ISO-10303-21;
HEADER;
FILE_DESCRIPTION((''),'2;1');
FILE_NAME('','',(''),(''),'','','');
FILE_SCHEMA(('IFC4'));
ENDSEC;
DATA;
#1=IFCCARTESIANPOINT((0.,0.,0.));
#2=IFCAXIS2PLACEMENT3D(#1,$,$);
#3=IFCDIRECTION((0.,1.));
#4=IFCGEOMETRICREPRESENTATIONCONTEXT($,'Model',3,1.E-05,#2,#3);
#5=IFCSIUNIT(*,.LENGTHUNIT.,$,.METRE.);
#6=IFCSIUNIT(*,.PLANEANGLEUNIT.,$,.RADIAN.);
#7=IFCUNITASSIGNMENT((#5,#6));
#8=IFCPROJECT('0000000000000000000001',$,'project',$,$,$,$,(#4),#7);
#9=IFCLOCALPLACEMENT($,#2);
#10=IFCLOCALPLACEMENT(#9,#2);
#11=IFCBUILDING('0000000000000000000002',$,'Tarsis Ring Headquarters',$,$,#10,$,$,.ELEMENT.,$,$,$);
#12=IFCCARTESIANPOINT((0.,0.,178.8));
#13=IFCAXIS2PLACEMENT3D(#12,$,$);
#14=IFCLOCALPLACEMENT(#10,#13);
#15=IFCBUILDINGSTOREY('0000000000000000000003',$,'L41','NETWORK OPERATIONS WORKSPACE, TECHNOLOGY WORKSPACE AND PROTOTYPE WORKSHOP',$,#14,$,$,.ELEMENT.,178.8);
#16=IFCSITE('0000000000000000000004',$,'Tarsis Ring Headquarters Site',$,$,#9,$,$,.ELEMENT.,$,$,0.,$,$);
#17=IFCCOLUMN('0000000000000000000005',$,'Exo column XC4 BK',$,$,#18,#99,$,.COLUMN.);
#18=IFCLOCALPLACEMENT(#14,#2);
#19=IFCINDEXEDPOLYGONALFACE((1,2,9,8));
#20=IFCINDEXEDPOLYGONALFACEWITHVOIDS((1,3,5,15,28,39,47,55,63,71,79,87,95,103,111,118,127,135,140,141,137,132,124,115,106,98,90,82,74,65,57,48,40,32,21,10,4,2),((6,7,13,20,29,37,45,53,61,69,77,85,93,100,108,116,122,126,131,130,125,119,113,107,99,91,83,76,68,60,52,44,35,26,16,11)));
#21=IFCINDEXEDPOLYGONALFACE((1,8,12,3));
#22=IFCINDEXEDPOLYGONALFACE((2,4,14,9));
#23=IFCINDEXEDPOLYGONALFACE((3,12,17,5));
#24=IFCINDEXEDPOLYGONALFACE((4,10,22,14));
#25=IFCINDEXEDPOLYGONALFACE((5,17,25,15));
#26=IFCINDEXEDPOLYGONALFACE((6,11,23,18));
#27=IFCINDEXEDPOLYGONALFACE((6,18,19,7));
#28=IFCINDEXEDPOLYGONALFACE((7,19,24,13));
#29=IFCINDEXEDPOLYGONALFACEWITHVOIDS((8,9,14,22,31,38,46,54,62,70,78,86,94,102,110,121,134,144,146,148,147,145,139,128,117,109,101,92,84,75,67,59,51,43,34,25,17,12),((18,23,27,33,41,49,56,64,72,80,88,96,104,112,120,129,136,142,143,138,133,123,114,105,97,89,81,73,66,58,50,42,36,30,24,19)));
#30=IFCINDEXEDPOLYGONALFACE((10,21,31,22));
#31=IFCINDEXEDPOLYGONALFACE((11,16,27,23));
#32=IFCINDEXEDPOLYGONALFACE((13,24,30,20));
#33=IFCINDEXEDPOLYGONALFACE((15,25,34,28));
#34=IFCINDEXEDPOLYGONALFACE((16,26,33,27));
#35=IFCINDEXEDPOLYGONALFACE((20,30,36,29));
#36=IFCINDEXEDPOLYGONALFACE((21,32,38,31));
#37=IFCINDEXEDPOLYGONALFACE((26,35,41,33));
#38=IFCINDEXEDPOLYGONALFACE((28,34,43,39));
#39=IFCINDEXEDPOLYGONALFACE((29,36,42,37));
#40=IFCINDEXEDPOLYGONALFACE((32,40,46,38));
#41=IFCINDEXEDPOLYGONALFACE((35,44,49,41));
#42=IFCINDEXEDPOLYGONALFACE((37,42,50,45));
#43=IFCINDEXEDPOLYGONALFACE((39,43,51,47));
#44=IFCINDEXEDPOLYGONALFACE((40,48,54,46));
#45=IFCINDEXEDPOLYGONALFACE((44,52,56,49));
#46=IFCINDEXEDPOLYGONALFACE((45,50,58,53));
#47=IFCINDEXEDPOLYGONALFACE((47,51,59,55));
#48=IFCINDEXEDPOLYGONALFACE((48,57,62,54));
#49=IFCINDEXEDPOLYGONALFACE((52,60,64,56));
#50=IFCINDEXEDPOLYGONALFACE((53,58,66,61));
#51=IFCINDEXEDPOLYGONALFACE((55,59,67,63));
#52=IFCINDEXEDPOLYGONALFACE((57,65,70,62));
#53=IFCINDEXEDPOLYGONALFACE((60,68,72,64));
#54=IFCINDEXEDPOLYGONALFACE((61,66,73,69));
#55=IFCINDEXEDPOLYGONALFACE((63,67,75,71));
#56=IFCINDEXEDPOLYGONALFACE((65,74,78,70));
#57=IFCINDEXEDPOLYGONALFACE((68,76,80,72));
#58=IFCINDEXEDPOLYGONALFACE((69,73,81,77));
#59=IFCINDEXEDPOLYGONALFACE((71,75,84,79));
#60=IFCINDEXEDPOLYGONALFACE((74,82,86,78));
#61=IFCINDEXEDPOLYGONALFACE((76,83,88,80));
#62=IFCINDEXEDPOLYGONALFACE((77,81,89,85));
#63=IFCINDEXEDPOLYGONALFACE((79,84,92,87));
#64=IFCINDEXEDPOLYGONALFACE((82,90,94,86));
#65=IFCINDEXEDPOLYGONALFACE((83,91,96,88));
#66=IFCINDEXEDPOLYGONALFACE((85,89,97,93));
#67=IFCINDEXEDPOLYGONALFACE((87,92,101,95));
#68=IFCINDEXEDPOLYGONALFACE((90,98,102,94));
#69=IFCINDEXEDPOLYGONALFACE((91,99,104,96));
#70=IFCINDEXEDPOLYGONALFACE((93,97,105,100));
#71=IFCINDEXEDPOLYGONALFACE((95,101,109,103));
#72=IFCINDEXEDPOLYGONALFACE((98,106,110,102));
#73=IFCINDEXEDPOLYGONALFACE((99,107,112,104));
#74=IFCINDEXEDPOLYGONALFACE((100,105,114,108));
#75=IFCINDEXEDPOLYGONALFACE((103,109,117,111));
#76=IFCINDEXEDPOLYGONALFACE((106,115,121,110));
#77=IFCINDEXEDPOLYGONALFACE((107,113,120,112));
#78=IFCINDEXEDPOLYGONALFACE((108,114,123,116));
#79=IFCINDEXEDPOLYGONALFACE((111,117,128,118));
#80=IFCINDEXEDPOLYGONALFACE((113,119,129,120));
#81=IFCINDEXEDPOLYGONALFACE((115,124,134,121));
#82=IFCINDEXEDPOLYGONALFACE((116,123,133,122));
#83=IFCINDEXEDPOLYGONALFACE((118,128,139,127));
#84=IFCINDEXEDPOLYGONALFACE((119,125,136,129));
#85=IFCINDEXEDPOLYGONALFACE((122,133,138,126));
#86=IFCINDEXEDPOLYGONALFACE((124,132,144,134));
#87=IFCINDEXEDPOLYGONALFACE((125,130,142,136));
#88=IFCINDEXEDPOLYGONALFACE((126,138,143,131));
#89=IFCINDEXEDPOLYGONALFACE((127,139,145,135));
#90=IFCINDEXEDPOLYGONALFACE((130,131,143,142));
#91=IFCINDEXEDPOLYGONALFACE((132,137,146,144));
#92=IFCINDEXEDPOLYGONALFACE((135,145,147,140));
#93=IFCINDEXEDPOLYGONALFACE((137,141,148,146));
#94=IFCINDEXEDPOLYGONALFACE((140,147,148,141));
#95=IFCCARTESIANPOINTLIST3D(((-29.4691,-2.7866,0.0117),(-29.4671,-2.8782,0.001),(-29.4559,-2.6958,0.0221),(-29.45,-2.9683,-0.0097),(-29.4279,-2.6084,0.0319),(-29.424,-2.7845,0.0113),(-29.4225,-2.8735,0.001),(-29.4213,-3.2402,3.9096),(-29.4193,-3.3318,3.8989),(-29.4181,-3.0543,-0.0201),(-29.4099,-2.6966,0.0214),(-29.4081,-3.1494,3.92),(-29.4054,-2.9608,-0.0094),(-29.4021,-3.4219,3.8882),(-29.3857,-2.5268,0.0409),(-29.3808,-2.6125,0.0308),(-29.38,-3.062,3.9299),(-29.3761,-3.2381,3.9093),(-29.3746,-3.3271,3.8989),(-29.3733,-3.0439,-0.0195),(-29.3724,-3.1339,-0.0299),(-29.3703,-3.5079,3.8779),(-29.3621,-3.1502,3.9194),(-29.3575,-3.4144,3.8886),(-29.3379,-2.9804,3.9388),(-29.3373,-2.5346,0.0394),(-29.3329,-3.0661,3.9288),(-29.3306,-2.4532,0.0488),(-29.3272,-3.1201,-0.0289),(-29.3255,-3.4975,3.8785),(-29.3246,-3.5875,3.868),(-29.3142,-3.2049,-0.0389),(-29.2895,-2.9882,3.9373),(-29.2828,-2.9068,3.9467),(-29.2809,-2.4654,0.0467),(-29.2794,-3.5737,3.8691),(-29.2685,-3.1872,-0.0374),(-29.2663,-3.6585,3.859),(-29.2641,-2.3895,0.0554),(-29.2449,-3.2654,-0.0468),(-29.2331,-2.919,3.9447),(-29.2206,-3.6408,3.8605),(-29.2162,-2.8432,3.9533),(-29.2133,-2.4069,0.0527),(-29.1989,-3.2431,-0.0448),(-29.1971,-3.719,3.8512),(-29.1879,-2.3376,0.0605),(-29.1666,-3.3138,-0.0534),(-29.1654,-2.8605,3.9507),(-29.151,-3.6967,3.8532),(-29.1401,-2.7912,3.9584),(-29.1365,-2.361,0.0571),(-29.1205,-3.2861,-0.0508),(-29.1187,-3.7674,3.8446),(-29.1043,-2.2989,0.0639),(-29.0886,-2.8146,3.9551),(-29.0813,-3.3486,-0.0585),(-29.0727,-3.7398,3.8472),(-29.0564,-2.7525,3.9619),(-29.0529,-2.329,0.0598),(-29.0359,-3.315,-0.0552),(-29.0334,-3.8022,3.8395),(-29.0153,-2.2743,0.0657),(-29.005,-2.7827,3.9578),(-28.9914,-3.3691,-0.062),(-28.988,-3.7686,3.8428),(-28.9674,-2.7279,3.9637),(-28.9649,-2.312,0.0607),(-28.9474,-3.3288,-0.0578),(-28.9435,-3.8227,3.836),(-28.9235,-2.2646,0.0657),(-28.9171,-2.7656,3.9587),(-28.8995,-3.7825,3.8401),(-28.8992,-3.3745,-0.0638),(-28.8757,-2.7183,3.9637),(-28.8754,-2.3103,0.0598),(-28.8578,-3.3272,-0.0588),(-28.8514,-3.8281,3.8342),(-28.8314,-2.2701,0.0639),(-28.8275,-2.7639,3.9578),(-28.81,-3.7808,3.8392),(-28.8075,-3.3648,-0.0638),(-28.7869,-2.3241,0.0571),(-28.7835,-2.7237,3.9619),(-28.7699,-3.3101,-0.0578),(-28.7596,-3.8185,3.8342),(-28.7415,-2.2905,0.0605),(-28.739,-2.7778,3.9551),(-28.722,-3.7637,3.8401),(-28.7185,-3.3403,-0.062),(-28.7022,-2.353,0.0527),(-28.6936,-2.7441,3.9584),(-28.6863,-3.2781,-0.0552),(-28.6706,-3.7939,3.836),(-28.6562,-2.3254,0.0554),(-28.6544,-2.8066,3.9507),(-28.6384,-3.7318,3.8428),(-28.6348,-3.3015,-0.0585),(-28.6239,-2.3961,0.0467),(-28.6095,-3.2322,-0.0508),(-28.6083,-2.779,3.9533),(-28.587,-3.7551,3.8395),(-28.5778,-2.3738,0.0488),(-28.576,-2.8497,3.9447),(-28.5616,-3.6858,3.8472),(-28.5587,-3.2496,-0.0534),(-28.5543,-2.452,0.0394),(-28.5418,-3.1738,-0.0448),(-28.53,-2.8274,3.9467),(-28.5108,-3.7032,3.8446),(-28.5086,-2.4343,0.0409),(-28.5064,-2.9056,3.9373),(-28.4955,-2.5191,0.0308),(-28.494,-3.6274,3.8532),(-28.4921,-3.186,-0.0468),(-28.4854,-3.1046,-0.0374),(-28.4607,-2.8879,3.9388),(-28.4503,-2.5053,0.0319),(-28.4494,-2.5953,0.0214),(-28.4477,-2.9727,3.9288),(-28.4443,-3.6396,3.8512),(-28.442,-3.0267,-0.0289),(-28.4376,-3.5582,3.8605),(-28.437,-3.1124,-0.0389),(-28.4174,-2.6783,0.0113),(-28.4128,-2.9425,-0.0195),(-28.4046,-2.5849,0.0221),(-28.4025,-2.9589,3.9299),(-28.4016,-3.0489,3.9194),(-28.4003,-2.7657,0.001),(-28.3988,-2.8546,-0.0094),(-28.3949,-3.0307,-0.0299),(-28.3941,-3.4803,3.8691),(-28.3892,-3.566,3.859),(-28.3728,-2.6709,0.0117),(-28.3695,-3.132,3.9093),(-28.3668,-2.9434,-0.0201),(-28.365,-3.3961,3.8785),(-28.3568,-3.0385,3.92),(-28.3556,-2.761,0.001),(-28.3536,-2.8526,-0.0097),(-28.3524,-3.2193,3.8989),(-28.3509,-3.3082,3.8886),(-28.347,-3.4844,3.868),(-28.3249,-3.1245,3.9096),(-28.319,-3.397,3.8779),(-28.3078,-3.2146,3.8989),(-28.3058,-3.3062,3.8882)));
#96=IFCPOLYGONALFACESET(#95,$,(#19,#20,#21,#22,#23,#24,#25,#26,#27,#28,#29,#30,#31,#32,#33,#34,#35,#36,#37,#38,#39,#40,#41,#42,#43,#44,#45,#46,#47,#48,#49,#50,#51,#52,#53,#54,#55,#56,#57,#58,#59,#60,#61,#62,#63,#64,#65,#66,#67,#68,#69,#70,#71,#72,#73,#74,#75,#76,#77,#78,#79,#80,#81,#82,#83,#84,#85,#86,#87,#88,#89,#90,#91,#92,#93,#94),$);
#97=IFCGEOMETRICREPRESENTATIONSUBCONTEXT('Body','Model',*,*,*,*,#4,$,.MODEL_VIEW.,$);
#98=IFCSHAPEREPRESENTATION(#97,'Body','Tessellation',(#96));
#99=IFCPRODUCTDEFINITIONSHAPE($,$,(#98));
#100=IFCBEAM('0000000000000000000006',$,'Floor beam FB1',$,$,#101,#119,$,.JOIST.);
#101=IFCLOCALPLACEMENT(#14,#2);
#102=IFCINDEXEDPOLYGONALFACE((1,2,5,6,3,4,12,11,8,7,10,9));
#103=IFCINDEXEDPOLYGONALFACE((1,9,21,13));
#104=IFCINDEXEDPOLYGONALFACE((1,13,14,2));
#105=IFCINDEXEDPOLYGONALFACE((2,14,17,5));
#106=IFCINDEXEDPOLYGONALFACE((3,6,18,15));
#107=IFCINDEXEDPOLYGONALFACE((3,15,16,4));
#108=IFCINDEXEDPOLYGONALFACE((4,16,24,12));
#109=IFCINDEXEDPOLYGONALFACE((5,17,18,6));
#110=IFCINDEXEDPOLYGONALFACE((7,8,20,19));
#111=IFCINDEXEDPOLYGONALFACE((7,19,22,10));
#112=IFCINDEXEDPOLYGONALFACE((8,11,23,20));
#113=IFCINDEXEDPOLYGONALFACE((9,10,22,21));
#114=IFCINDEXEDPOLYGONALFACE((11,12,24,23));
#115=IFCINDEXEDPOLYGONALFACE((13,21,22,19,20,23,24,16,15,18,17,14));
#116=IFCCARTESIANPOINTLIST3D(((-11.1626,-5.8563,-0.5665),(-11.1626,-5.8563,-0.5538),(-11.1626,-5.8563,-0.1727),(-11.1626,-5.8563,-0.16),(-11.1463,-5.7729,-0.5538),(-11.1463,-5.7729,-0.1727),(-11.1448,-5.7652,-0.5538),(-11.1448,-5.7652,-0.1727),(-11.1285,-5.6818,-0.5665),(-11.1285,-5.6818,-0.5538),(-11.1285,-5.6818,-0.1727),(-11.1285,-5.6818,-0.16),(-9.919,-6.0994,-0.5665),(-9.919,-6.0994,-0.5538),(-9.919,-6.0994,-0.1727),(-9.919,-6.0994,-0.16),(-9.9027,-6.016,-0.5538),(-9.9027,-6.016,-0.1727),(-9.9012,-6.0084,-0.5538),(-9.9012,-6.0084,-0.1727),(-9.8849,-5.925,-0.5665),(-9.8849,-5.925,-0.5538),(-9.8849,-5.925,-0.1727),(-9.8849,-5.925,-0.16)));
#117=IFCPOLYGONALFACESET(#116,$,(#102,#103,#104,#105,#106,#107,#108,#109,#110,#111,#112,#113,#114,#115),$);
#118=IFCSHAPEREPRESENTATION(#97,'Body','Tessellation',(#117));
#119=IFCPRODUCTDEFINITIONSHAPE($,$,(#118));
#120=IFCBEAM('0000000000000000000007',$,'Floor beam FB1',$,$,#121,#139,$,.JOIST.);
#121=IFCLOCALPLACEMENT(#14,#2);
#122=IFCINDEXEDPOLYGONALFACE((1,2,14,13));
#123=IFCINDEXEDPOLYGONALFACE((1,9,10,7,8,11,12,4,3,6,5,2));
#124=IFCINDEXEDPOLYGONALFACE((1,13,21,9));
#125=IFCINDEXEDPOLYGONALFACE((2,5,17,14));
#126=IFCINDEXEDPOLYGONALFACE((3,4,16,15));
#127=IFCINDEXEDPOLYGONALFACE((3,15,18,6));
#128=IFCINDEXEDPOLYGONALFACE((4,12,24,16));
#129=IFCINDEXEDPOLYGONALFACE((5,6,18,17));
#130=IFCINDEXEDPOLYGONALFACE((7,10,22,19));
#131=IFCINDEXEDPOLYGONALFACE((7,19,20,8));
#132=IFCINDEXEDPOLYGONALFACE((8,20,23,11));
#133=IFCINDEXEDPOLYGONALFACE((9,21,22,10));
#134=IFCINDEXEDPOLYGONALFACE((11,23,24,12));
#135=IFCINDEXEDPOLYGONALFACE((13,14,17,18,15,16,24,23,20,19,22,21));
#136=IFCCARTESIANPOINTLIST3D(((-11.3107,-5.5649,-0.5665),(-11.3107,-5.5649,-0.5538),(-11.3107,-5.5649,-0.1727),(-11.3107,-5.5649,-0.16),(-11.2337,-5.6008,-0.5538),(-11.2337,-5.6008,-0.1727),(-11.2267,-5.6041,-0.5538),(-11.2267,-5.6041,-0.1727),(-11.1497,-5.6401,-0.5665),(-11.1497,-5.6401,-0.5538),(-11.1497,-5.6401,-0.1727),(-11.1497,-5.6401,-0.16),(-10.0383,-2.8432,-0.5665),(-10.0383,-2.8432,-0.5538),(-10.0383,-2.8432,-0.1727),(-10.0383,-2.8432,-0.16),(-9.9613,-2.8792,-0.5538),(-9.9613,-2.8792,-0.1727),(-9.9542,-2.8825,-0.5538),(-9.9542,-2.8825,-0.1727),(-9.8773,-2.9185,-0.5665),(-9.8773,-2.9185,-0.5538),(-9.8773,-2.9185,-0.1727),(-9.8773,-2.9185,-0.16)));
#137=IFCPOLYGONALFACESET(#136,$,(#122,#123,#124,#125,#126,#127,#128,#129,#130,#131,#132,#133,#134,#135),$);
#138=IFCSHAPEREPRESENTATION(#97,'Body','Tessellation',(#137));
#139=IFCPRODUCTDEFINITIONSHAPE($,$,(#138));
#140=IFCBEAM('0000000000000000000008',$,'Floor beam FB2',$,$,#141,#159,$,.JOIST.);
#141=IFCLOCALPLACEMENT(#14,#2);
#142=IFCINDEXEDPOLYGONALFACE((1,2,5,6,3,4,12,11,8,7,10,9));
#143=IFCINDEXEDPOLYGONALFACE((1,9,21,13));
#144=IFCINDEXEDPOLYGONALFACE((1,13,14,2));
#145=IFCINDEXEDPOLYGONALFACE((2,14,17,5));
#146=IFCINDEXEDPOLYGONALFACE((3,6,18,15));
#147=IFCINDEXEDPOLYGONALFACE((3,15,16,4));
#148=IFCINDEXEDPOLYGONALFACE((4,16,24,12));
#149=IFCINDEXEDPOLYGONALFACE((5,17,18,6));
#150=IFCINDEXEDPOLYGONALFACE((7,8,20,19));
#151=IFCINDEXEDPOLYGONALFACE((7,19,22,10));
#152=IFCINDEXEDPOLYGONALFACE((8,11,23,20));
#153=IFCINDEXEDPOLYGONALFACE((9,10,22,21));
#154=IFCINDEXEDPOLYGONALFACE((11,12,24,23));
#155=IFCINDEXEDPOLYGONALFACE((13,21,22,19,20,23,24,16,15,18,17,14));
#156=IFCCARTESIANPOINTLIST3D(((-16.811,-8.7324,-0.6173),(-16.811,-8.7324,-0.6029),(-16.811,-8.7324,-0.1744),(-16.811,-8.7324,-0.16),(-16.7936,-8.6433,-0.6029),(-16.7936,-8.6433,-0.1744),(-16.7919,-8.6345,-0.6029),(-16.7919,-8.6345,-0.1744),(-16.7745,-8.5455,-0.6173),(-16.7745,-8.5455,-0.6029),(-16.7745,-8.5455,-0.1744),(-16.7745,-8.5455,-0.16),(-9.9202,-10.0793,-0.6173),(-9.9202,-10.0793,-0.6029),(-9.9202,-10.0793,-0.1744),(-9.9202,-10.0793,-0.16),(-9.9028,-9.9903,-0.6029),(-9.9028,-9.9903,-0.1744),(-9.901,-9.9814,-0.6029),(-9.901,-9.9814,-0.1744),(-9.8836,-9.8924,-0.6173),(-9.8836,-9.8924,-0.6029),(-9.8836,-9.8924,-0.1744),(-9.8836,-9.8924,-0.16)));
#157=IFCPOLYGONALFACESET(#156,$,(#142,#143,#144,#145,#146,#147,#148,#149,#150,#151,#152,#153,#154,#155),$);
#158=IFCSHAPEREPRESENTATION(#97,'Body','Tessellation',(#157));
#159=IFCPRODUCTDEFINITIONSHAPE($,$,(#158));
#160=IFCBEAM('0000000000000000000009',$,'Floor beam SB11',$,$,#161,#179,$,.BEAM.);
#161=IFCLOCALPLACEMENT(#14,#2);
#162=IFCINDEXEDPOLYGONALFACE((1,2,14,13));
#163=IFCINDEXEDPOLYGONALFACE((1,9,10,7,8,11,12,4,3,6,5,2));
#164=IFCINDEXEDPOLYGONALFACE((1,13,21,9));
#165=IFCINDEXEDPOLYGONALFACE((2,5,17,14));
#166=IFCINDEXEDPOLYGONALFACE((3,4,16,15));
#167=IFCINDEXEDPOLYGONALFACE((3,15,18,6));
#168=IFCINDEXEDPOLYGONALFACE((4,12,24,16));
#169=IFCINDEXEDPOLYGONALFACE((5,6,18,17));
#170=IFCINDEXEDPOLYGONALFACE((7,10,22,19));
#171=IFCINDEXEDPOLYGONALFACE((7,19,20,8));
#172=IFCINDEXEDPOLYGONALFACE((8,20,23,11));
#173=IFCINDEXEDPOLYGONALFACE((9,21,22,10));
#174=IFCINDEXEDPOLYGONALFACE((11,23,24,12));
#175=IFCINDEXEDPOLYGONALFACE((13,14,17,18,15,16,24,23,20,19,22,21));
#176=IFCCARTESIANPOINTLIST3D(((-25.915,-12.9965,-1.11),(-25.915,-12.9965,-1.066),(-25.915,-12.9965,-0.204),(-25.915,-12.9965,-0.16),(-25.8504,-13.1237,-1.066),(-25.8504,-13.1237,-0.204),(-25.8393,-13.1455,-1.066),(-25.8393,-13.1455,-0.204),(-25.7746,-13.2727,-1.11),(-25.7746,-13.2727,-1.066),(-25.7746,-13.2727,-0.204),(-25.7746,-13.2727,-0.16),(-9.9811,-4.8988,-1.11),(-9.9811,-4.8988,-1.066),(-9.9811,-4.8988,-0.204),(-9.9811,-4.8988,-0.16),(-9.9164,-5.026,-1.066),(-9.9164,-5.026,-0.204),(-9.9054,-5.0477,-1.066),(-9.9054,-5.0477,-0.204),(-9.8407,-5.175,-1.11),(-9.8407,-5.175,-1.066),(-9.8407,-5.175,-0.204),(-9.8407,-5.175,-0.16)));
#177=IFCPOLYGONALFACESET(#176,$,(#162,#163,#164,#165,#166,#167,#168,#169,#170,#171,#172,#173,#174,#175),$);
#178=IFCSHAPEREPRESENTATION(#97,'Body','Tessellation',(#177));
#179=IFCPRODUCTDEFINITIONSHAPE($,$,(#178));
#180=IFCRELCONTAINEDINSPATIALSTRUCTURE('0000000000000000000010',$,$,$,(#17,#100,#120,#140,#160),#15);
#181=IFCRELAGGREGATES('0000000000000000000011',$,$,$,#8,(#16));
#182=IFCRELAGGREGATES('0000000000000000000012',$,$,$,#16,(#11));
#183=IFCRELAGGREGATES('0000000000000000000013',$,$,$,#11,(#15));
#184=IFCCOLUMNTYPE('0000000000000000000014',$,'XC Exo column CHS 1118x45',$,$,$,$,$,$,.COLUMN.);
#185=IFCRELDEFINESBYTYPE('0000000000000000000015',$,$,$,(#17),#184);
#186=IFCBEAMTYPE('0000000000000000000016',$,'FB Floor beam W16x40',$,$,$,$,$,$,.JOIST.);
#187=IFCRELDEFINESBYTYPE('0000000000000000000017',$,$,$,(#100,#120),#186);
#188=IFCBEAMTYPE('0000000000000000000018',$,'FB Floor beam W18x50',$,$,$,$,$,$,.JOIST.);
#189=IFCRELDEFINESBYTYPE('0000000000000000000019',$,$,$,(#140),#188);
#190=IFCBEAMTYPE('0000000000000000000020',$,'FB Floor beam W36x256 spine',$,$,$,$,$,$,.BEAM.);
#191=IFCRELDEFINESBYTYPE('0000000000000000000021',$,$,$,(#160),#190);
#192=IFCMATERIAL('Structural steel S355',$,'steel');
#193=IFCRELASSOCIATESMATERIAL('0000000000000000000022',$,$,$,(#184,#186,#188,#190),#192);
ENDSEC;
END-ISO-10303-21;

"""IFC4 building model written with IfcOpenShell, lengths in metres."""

from ifc_helpers import new_model, si_unit, direction, frame, origin, origin_2d, place, context, subcontext, project, spatial, hollow_circle, i_section, extrude, material, material_profile, profile_set, type_object, element, save


model = new_model("IFC4")

# Units and contexts
model_context = context("Model", 3, precision=1e-05, world=origin(), true_north=direction((0.0, 1.0)))
body_context = subcontext(model_context, "Body", "Model", "MODEL_VIEW")
ifc_project = project(units=[si_unit("LENGTHUNIT", "METRE"), si_unit("PLANEANGLEUNIT", "RADIAN")], contexts=[model_context])

# Site, building, storey
site_placement = place(None, origin())
site = spatial("IfcSite", under=ifc_project, at=site_placement, Name="Tarsis Ring Headquarters Site", CompositionType="ELEMENT", RefElevation=0.0)
building_placement = place(site_placement, origin())
building = spatial("IfcBuilding", under=site, at=building_placement, Name="Tarsis Ring Headquarters", CompositionType="ELEMENT")
storey_placement = place(building_placement, frame((0.0, 0.0, 178.8)))
storey = spatial("IfcBuildingStorey", under=building, at=storey_placement, Name="L41", Description="NETWORK OPERATIONS WORKSPACE, TECHNOLOGY WORKSPACE AND PROTOTYPE WORKSHOP", CompositionType="ELEMENT", Elevation=178.8)

# Column
ifc_material_1 = material(Name="Structural steel S355", Category="steel")
ifc_material_profile_1 = material_profile(ifc_material_1, hollow_circle(Radius=0.5588, WallThickness=0.0449, at=origin_2d()), Name="CHS 1118x45")
ifc_profile_set_1 = profile_set([ifc_material_profile_1], Name="Structural steel S355")
column_type = type_object("IfcColumnType", Name="XC Exo column CHS 1118x45", PredefinedType="COLUMN", material=ifc_profile_set_1)
column_placement = place(storey_placement, frame((-28.9114, -2.8196, 0.001), z_axis=(0.012193, -0.115584, 0.993223), x_axis=(0.994482, 0.104908, 0.0)))
element("IfcColumn", 1, at=column_placement, inside=storey, type_object=column_type, Name="Exo column XC4 BK", PredefinedType="COLUMN", context=body_context, shape_type="SweptSolid", body=[
    extrude(hollow_circle(Radius=0.5588, WallThickness=0.0449, at=origin_2d()), origin(), (0.0, 0.0, 1.0), 3.9246),
])

# Beams
ifc_material_profile_2 = material_profile(ifc_material_1, i_section(OverallWidth=0.1777, OverallDepth=0.4065, WebThickness=0.0078, FlangeThickness=0.0127, at=origin_2d()), Name="W16x40")
ifc_profile_set_2 = profile_set([ifc_material_profile_2], Name="Structural steel S355")
beam_type_1 = type_object("IfcBeamType", Name="FB Floor beam W16x40", PredefinedType="JOIST", material=ifc_profile_set_2)
beam_1_placement = place(storey_placement, frame((-11.1455, -5.769, -0.3633), z_axis=(0.981416, -0.191891, 0.0), x_axis=(0.191891, 0.981416, 0.0)))
element("IfcBeam", 2, at=beam_1_placement, inside=storey, type_object=beam_type_1, Name="Floor beam FB1", PredefinedType="JOIST", context=body_context, shape_type="SweptSolid", body=[
    extrude(i_section(OverallWidth=0.1777, OverallDepth=0.4065, WebThickness=0.0078, FlangeThickness=0.0127, at=origin_2d()), origin(), (0.0, 0.0, 1.0), 1.2671),
])
beam_2_placement = place(storey_placement, frame((-9.9578, -2.8809, -0.3633), z_axis=(-0.423526, -0.905884, 0.0), x_axis=(0.905884, -0.423526, 0.0)))
element("IfcBeam", 3, at=beam_2_placement, inside=storey, type_object=beam_type_1, Name="Floor beam FB1", PredefinedType="JOIST", context=body_context, shape_type="SweptSolid", body=[
    extrude(i_section(OverallWidth=0.1777, OverallDepth=0.4065, WebThickness=0.0078, FlangeThickness=0.0127, at=origin_2d()), origin(), (0.0, 0.0, 1.0), 3.0044),
])
ifc_material_profile_3 = material_profile(ifc_material_1, i_section(OverallWidth=0.1904, OverallDepth=0.4573, WebThickness=0.009, FlangeThickness=0.0144, at=origin_2d()), Name="W18x50")
ifc_profile_set_3 = profile_set([ifc_material_profile_3], Name="Structural steel S355")
beam_type_2 = type_object("IfcBeamType", Name="FB Floor beam W18x50", PredefinedType="JOIST", material=ifc_profile_set_3)
beam_3_placement = place(storey_placement, frame((-16.7927, -8.6389, -0.3887), z_axis=(0.981427, -0.191835, 0.0), x_axis=(0.191835, 0.981427, 0.0)))
element("IfcBeam", 4, at=beam_3_placement, inside=storey, type_object=beam_type_2, Name="Floor beam FB2", PredefinedType="JOIST", context=body_context, shape_type="SweptSolid", body=[
    extrude(i_section(OverallWidth=0.1904, OverallDepth=0.4573, WebThickness=0.009, FlangeThickness=0.0144, at=origin_2d()), origin(), (0.0, 0.0, 1.0), 7.0212),
])
ifc_material_profile_4 = material_profile(ifc_material_1, i_section(OverallWidth=0.3098, OverallDepth=0.95, WebThickness=0.0244, FlangeThickness=0.0439, at=origin_2d()), Name="W36x256")
ifc_profile_set_4 = profile_set([ifc_material_profile_4], Name="Structural steel S355")
beam_type_3 = type_object("IfcBeamType", Name="FB Floor beam W36x256 spine", PredefinedType="BEAM", material=ifc_profile_set_4)
beam_4_placement = place(storey_placement, frame((-9.9109, -5.0369, -0.635), z_axis=(-0.891482, -0.453056, 0.0), x_axis=(0.453056, -0.891482, 0.0)))
element("IfcBeam", 5, at=beam_4_placement, inside=storey, type_object=beam_type_3, Name="Floor beam SB11", PredefinedType="BEAM", context=body_context, shape_type="SweptSolid", body=[
    extrude(i_section(OverallWidth=0.3098, OverallDepth=0.95, WebThickness=0.0244, FlangeThickness=0.0439, at=origin_2d()), origin(), (0.0, 0.0, 1.0), 17.8735),
])

save(model, "model.ifc")
